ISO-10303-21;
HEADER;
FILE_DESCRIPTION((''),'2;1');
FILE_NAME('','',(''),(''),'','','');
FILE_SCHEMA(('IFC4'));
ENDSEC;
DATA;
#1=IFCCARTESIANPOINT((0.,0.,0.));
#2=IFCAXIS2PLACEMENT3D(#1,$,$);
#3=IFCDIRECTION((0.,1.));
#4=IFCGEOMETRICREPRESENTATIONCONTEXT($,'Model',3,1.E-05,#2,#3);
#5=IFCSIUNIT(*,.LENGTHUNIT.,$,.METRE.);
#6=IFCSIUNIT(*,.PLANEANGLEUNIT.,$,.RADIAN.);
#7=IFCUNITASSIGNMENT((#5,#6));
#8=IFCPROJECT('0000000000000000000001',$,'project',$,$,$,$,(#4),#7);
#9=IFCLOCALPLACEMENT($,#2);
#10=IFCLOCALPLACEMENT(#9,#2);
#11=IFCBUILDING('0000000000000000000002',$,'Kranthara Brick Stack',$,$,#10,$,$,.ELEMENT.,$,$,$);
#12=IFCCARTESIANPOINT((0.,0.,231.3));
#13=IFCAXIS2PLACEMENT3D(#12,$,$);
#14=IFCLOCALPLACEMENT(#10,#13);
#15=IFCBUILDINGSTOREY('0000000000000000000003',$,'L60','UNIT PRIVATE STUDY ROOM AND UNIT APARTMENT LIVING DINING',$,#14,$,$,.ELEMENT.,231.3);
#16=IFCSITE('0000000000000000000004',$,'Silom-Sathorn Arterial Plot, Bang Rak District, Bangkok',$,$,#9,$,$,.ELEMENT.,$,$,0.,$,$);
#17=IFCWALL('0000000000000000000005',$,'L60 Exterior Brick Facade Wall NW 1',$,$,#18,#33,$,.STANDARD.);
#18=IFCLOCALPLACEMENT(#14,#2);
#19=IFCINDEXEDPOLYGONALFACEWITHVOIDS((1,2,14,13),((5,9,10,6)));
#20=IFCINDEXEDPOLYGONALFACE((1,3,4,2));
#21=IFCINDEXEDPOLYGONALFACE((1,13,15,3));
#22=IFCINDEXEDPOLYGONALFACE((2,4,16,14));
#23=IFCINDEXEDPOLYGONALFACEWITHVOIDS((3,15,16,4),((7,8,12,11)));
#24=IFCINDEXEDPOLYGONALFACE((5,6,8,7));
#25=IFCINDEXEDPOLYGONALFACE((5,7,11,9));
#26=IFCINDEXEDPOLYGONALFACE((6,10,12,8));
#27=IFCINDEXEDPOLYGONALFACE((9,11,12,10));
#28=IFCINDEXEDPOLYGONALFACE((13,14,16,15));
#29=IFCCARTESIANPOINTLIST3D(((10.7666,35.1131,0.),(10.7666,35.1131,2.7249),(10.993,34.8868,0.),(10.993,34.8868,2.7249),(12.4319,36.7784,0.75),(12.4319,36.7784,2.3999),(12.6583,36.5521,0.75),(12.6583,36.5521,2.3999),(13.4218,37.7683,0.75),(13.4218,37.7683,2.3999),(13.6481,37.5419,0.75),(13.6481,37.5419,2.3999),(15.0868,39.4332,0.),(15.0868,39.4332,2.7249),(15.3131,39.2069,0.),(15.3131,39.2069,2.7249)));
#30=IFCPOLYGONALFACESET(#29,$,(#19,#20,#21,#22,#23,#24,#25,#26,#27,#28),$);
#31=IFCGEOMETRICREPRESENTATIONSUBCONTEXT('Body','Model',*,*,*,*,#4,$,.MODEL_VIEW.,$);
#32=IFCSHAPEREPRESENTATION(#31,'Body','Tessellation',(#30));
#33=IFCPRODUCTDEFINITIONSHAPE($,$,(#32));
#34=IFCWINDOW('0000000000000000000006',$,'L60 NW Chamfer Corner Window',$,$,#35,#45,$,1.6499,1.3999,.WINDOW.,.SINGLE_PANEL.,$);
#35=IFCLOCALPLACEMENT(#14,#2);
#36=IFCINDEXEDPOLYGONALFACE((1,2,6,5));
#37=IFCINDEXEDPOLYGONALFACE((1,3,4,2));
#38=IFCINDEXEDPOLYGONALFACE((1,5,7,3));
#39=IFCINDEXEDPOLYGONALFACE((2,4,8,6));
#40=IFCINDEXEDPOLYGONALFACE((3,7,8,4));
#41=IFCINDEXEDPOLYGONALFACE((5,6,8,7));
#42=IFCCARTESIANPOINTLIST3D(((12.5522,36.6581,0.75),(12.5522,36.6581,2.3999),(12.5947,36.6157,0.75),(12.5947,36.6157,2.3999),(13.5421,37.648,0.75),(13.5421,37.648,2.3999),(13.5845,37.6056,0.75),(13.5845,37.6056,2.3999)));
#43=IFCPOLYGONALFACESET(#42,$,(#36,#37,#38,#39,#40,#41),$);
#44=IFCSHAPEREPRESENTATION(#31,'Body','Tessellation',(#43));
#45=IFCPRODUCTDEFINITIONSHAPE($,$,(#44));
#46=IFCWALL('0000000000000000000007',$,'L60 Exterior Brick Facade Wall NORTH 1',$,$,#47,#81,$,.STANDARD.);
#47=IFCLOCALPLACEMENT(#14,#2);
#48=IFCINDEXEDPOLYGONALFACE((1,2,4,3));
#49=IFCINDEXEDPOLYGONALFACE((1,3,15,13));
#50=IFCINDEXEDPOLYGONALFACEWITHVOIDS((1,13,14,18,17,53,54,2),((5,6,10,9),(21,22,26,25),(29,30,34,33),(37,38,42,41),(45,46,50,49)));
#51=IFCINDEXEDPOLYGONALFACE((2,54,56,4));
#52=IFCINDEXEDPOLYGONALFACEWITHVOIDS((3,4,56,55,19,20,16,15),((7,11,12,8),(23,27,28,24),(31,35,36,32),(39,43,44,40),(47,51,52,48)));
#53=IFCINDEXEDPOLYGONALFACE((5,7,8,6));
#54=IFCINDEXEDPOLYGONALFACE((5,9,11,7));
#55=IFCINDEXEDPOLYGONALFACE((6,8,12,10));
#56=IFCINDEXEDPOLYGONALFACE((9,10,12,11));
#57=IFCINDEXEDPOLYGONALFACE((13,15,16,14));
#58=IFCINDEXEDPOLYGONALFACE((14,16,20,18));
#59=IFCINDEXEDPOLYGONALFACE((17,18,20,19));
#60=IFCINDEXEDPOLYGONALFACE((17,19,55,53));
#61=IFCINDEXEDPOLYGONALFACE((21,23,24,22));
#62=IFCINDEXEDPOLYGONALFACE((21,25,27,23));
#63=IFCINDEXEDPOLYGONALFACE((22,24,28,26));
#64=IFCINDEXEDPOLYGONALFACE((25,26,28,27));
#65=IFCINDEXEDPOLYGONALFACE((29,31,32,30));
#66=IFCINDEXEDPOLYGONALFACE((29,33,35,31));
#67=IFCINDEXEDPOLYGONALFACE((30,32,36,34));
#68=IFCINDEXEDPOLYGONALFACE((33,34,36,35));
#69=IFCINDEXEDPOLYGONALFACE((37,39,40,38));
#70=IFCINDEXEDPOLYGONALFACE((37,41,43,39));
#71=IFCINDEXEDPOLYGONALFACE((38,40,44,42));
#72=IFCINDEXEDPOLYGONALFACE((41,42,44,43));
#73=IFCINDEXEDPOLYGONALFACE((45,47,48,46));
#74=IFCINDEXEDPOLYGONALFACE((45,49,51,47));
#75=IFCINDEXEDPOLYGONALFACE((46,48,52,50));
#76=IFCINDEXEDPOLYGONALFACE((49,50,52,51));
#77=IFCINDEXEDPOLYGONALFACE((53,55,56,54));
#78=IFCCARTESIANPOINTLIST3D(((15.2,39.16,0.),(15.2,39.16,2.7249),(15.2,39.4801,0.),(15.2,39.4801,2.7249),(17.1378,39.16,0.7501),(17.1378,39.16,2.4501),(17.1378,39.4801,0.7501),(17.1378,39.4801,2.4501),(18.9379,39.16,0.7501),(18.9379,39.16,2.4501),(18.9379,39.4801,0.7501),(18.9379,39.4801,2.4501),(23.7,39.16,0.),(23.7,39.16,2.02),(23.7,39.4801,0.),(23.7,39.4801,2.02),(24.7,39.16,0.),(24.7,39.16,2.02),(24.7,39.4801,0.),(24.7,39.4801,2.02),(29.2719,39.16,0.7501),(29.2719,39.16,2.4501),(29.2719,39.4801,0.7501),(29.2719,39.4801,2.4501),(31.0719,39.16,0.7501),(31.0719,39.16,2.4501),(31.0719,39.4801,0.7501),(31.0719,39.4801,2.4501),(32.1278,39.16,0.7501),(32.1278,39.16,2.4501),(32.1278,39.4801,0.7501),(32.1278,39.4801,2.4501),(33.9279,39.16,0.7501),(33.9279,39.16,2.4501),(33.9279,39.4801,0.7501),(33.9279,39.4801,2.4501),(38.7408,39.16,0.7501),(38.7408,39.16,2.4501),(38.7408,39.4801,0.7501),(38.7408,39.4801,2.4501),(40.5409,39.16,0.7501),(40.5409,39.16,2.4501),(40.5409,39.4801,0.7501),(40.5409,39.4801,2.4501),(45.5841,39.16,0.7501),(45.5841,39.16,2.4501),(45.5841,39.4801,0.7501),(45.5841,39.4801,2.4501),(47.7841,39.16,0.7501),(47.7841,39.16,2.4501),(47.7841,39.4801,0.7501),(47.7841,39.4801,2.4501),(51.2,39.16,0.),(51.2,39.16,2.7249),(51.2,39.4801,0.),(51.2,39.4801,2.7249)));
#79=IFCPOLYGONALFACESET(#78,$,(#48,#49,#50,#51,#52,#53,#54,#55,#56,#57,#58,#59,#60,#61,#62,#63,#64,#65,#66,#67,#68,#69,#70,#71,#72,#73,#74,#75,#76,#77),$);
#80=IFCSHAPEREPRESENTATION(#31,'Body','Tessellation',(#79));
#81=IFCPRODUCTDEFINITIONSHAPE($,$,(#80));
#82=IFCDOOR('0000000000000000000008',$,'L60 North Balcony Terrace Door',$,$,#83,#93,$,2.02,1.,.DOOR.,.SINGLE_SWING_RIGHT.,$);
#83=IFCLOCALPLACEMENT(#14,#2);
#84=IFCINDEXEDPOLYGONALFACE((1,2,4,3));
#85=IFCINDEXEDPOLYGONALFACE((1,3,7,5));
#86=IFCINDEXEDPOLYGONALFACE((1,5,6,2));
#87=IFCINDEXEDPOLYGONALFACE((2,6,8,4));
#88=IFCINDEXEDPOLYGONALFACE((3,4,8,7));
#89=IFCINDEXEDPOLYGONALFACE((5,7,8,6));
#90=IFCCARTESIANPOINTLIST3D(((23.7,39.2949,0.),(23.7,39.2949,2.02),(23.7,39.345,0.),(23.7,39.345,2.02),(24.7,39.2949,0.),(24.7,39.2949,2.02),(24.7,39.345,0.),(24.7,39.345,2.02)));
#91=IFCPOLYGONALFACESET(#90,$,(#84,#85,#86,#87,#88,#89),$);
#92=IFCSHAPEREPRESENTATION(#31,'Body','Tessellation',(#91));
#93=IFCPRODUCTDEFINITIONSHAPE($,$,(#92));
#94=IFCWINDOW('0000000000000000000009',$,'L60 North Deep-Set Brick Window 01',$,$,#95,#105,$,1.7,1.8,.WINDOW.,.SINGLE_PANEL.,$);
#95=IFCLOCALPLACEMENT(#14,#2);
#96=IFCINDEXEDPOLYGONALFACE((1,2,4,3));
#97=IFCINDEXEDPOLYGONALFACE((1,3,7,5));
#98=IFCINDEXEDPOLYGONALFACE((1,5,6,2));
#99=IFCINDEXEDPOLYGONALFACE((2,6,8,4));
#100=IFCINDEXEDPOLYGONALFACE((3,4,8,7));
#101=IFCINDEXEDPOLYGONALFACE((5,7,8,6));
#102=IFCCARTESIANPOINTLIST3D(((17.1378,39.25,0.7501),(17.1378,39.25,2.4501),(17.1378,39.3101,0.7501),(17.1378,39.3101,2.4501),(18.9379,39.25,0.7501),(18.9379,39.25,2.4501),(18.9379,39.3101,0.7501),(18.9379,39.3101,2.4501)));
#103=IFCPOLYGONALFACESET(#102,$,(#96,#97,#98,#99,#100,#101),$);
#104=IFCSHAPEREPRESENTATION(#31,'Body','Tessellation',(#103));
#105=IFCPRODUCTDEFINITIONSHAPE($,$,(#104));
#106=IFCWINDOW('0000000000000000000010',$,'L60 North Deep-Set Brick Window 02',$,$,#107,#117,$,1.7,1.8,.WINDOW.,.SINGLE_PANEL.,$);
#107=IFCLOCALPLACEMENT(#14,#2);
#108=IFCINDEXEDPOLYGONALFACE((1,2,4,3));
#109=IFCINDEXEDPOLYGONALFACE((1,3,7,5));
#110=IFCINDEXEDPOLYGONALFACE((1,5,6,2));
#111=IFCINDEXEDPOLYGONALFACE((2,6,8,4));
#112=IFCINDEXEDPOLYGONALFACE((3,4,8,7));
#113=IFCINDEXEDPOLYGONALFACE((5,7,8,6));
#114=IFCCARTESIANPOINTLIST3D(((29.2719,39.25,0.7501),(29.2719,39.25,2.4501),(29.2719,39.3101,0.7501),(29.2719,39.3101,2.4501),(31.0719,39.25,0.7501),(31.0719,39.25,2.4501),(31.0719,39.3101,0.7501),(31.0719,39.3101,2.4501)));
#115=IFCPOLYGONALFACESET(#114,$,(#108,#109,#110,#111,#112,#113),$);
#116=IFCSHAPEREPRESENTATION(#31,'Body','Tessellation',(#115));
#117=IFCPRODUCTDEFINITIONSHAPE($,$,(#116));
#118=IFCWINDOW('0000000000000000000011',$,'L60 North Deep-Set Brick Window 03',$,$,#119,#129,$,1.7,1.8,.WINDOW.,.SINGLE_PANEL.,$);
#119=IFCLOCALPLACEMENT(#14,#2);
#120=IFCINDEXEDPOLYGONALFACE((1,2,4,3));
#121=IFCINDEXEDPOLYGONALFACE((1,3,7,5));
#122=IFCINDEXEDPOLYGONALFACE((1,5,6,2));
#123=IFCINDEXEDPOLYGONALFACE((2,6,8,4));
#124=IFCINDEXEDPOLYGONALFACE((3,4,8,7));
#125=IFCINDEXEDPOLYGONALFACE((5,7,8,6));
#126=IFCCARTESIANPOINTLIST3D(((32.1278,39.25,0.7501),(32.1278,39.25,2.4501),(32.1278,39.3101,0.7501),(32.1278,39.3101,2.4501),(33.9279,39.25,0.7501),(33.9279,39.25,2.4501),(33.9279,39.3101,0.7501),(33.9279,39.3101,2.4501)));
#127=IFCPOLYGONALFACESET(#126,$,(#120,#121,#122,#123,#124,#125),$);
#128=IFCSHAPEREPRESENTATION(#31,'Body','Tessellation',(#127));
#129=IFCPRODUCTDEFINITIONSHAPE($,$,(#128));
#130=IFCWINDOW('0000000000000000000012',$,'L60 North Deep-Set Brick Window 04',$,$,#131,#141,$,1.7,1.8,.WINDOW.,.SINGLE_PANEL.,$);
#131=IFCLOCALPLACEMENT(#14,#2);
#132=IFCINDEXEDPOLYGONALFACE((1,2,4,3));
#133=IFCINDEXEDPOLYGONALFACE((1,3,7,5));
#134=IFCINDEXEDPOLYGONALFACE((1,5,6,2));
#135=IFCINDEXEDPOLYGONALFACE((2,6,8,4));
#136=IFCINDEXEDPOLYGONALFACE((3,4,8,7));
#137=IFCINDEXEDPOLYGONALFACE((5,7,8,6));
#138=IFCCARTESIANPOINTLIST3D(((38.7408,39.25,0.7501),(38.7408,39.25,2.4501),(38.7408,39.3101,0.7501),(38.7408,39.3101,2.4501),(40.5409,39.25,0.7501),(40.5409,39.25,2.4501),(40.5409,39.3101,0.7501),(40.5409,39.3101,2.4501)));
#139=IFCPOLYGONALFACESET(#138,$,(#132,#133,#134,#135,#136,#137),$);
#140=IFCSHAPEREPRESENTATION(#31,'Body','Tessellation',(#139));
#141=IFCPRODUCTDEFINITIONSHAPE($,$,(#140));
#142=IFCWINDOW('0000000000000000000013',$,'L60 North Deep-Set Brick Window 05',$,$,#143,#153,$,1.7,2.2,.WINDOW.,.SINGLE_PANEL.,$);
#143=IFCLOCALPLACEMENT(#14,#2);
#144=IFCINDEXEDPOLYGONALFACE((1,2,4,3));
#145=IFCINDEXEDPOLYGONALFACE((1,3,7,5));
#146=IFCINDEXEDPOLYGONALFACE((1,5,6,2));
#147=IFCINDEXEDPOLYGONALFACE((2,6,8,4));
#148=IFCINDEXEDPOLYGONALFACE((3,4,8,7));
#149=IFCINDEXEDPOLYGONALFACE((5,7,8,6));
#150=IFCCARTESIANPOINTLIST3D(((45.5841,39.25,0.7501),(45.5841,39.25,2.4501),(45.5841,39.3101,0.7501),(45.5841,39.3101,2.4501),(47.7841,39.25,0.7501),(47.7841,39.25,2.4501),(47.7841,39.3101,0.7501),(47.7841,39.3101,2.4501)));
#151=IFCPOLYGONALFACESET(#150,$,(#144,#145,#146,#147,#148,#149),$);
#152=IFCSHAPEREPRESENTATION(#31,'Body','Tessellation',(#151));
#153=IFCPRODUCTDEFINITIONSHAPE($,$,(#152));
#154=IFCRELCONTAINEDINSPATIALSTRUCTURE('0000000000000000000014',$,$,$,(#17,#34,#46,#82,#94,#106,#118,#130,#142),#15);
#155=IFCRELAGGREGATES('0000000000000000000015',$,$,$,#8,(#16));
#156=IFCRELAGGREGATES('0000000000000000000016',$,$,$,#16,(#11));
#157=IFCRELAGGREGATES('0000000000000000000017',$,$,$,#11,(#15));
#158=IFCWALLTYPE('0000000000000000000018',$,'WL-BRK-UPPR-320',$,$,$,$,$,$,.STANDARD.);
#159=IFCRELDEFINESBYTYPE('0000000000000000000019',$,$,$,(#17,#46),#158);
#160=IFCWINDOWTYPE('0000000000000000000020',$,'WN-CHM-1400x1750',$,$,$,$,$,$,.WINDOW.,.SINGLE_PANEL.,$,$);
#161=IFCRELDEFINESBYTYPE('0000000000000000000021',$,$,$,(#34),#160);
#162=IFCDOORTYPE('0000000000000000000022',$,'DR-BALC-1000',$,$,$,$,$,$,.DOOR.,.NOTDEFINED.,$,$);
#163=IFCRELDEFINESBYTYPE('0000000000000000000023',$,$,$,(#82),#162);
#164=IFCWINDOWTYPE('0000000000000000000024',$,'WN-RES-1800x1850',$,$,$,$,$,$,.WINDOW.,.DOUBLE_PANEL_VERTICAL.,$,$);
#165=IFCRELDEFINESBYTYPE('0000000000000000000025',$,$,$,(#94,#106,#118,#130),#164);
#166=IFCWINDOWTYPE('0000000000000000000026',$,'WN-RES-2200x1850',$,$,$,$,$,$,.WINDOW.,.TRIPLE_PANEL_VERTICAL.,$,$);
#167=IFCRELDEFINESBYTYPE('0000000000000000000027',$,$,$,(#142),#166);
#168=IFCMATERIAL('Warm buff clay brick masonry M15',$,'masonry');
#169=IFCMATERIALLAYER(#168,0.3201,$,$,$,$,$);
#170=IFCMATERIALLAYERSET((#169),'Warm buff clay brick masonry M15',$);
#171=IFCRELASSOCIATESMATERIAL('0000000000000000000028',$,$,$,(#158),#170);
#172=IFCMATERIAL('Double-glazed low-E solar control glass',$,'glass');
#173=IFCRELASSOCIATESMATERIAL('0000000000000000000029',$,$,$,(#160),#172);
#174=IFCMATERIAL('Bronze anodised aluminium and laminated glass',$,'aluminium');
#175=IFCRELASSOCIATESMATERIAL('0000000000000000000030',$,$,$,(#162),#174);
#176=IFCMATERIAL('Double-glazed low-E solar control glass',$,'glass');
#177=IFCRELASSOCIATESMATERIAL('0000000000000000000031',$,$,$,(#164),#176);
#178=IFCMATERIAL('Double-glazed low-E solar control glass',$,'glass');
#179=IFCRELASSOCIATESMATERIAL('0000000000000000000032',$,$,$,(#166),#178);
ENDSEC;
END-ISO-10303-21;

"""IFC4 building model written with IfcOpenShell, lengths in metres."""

from ifc_helpers import new_model, si_unit, direction, frame, frame_2d, origin, place, context, subcontext, project, spatial, rectangle, extrude, material, layer, layer_set, type_object, element, fill, save


model = new_model("IFC4")

# Units and contexts
model_context = context("Model", 3, precision=1e-05, world=origin(), true_north=direction((0.0, 1.0)))
body_context = subcontext(model_context, "Body", "Model", "MODEL_VIEW")
ifc_project = project(units=[si_unit("LENGTHUNIT", "METRE"), si_unit("PLANEANGLEUNIT", "RADIAN")], contexts=[model_context])

# Site, building, storey
site_placement = place(None, origin())
site = spatial("IfcSite", under=ifc_project, at=site_placement, Name="Silom-Sathorn Arterial Plot, Bang Rak District, Bangkok", CompositionType="ELEMENT", RefElevation=0.0)
building_placement = place(site_placement, origin())
building = spatial("IfcBuilding", under=site, at=building_placement, Name="Kranthara Brick Stack", CompositionType="ELEMENT")
storey_placement = place(building_placement, frame((0.0, 0.0, 231.3)))
storey = spatial("IfcBuildingStorey", under=building, at=storey_placement, Name="L60", Description="UNIT PRIVATE STUDY ROOM AND UNIT APARTMENT LIVING DINING", CompositionType="ELEMENT", Elevation=231.3)

# Wall, opening, window
ifc_material_1 = material(Name="Warm buff clay brick masonry M15", Category="masonry")
ifc_layer_1 = layer(ifc_material_1, 0.3201)
ifc_layer_set_1 = layer_set([ifc_layer_1], Name="Warm buff clay brick masonry M15")
wall_type_1 = type_object("IfcWallType", Name="WL-BRK-UPPR-320", PredefinedType="STANDARD", material=ifc_layer_set_1)
wall_1_placement = place(storey_placement, frame((10.8799, 35.0, 0.0), z_axis=(0.0, 0.0, 1.0), x_axis=(0.707107, 0.707107, 0.0)))
wall_1 = element("IfcWall", 1, at=wall_1_placement, inside=storey, type_object=wall_type_1, Name="L60 Exterior Brick Facade Wall NW 1", PredefinedType="STANDARD", context=body_context, shape_type="SweptSolid", body=[
    extrude(rectangle(XDim=6.1096, YDim=0.3201, at=frame_2d((3.0547, 0.0))), origin(), (0.0, 0.0, 1.0), 2.7249),
])
opening_1_placement = place(wall_1_placement, frame((2.355, 0.0, 0.75)))
opening_1 = element("IfcOpeningElement", 2, at=opening_1_placement, cuts=wall_1, PredefinedType="OPENING", context=body_context, shape_type="SweptSolid", body=[
    extrude(rectangle(XDim=1.3999, YDim=1.6499, at=frame_2d((0.7, 0.825))), frame((0.0, 0.1699, 0.0), z_axis=(0.0, -1.0, 0.0), x_axis=(1.0, 0.0, 0.0)), (0.0, 0.0, 1.0), 0.3401),
])
ifc_material_2 = material(Name="Double-glazed low-E solar control glass", Category="glass")
window_type_1 = type_object("IfcWindowType", Name="WN-CHM-1400x1750", PartitioningType="SINGLE_PANEL", PredefinedType="WINDOW", material=ifc_material_2)
window_1_placement = place(opening_1_placement, origin())
window_1 = element("IfcWindow", 3, at=window_1_placement, inside=storey, type_object=window_type_1, Name="L60 NW Chamfer Corner Window", OverallHeight=1.6499, OverallWidth=1.3999, PartitioningType="SINGLE_PANEL", PredefinedType="WINDOW", context=body_context, shape_type="SweptSolid", body=[
    extrude(rectangle(XDim=1.3999, YDim=1.6499, at=frame_2d((0.7, 0.825))), frame((0.0, -0.01, 0.0), z_axis=(0.0, -1.0, 0.0), x_axis=(1.0, 0.0, 0.0)), (0.0, 0.0, 1.0), 0.0601),
])
fill(opening_1, window_1)

# Wall, openings, door, windows
wall_2_placement = place(storey_placement, frame((15.2, 39.3201, 0.0), z_axis=(0.0, 0.0, 1.0), x_axis=(1.0, 0.0, 0.0)))
wall_2 = element("IfcWall", 4, at=wall_2_placement, inside=storey, type_object=wall_type_1, Name="L60 Exterior Brick Facade Wall NORTH 1", PredefinedType="STANDARD", context=body_context, shape_type="SweptSolid", body=[
    extrude(rectangle(XDim=36.0, YDim=0.3201, at=frame_2d((18.0, 0.0))), origin(), (0.0, 0.0, 1.0), 2.7249),
])
opening_2_placement = place(wall_2_placement, frame((8.5, 0.0, 0.0)))
opening_2 = element("IfcOpeningElement", 5, at=opening_2_placement, cuts=wall_2, PredefinedType="OPENING", context=body_context, shape_type="SweptSolid", body=[
    extrude(rectangle(XDim=1.0, YDim=2.02, at=frame_2d((0.5, 1.01))), frame((0.0, 0.1699, 0.0), z_axis=(0.0, -1.0, 0.0), x_axis=(1.0, 0.0, 0.0)), (0.0, 0.0, 1.0), 0.3401),
])
opening_3_placement = place(wall_2_placement, frame((1.938, 0.0, 0.75)))
opening_3 = element("IfcOpeningElement", 6, at=opening_3_placement, cuts=wall_2, PredefinedType="OPENING", context=body_context, shape_type="SweptSolid", body=[
    extrude(rectangle(XDim=1.8, YDim=1.7, at=frame_2d((0.8999, 0.8501))), frame((0.0, 0.1699, 0.0), z_axis=(0.0, -1.0, 0.0), x_axis=(1.0, 0.0, 0.0)), (0.0, 0.0, 1.0), 0.3401),
])
opening_4_placement = place(wall_2_placement, frame((14.072, 0.0, 0.75)))
opening_4 = element("IfcOpeningElement", 7, at=opening_4_placement, cuts=wall_2, PredefinedType="OPENING", context=body_context, shape_type="SweptSolid", body=[
    extrude(rectangle(XDim=1.8, YDim=1.7, at=frame_2d((0.8999, 0.8501))), frame((0.0, 0.1699, 0.0), z_axis=(0.0, -1.0, 0.0), x_axis=(1.0, 0.0, 0.0)), (0.0, 0.0, 1.0), 0.3401),
])
opening_5_placement = place(wall_2_placement, frame((16.928, 0.0, 0.75)))
opening_5 = element("IfcOpeningElement", 8, at=opening_5_placement, cuts=wall_2, PredefinedType="OPENING", context=body_context, shape_type="SweptSolid", body=[
    extrude(rectangle(XDim=1.8, YDim=1.7, at=frame_2d((0.8999, 0.8501))), frame((0.0, 0.1699, 0.0), z_axis=(0.0, -1.0, 0.0), x_axis=(1.0, 0.0, 0.0)), (0.0, 0.0, 1.0), 0.3401),
])
opening_6_placement = place(wall_2_placement, frame((23.541, 0.0, 0.75)))
opening_6 = element("IfcOpeningElement", 9, at=opening_6_placement, cuts=wall_2, PredefinedType="OPENING", context=body_context, shape_type="SweptSolid", body=[
    extrude(rectangle(XDim=1.8, YDim=1.7, at=frame_2d((0.8999, 0.8501))), frame((0.0, 0.1699, 0.0), z_axis=(0.0, -1.0, 0.0), x_axis=(1.0, 0.0, 0.0)), (0.0, 0.0, 1.0), 0.3401),
])
opening_7_placement = place(wall_2_placement, frame((30.384, 0.0, 0.75)))
opening_7 = element("IfcOpeningElement", 10, at=opening_7_placement, cuts=wall_2, PredefinedType="OPENING", context=body_context, shape_type="SweptSolid", body=[
    extrude(rectangle(XDim=2.2, YDim=1.7, at=frame_2d((1.1001, 0.8501))), frame((0.0, 0.1699, 0.0), z_axis=(0.0, -1.0, 0.0), x_axis=(1.0, 0.0, 0.0)), (0.0, 0.0, 1.0), 0.3401),
])
ifc_material_3 = material(Name="Bronze anodised aluminium and laminated glass", Category="aluminium")
door_type_1 = type_object("IfcDoorType", Name="DR-BALC-1000", OperationType="NOTDEFINED", PredefinedType="DOOR", material=ifc_material_3)
door_1_placement = place(opening_2_placement, origin())
door_1 = element("IfcDoor", 11, at=door_1_placement, inside=storey, type_object=door_type_1, Name="L60 North Balcony Terrace Door", OperationType="SINGLE_SWING_RIGHT", OverallHeight=2.02, OverallWidth=1.0, PredefinedType="DOOR", context=body_context, shape_type="SweptSolid", body=[
    extrude(rectangle(XDim=1.0, YDim=2.02, at=frame_2d((0.5, 1.01))), frame((0.0, 0.0249, 0.0), z_axis=(0.0, -1.0, 0.0), x_axis=(1.0, 0.0, 0.0)), (0.0, 0.0, 1.0), 0.05),
])
fill(opening_2, door_1)
ifc_material_4 = material(Name="Double-glazed low-E solar control glass", Category="glass")
window_type_2 = type_object("IfcWindowType", Name="WN-RES-1800x1850", PartitioningType="DOUBLE_PANEL_VERTICAL", PredefinedType="WINDOW", material=ifc_material_4)
window_2_placement = place(opening_3_placement, origin())
window_2 = element("IfcWindow", 12, at=window_2_placement, inside=storey, type_object=window_type_2, Name="L60 North Deep-Set Brick Window 01", OverallHeight=1.7, OverallWidth=1.8, PartitioningType="SINGLE_PANEL", PredefinedType="WINDOW", context=body_context, shape_type="SweptSolid", body=[
    extrude(rectangle(XDim=1.8, YDim=1.7, at=frame_2d((0.8999, 0.8501))), frame((0.0, -0.01, 0.0), z_axis=(0.0, -1.0, 0.0), x_axis=(1.0, 0.0, 0.0)), (0.0, 0.0, 1.0), 0.0601),
])
fill(opening_3, window_2)
window_3_placement = place(opening_4_placement, origin())
window_3 = element("IfcWindow", 13, at=window_3_placement, inside=storey, type_object=window_type_2, Name="L60 North Deep-Set Brick Window 02", OverallHeight=1.7, OverallWidth=1.8, PartitioningType="SINGLE_PANEL", PredefinedType="WINDOW", context=body_context, shape_type="SweptSolid", body=[
    extrude(rectangle(XDim=1.8, YDim=1.7, at=frame_2d((0.8999, 0.8501))), frame((0.0, -0.01, 0.0), z_axis=(0.0, -1.0, 0.0), x_axis=(1.0, 0.0, 0.0)), (0.0, 0.0, 1.0), 0.0601),
])
fill(opening_4, window_3)
window_4_placement = place(opening_5_placement, origin())
window_4 = element("IfcWindow", 14, at=window_4_placement, inside=storey, type_object=window_type_2, Name="L60 North Deep-Set Brick Window 03", OverallHeight=1.7, OverallWidth=1.8, PartitioningType="SINGLE_PANEL", PredefinedType="WINDOW", context=body_context, shape_type="SweptSolid", body=[
    extrude(rectangle(XDim=1.8, YDim=1.7, at=frame_2d((0.8999, 0.8501))), frame((0.0, -0.01, 0.0), z_axis=(0.0, -1.0, 0.0), x_axis=(1.0, 0.0, 0.0)), (0.0, 0.0, 1.0), 0.0601),
])
fill(opening_5, window_4)
window_5_placement = place(opening_6_placement, origin())
window_5 = element("IfcWindow", 15, at=window_5_placement, inside=storey, type_object=window_type_2, Name="L60 North Deep-Set Brick Window 04", OverallHeight=1.7, OverallWidth=1.8, PartitioningType="SINGLE_PANEL", PredefinedType="WINDOW", context=body_context, shape_type="SweptSolid", body=[
    extrude(rectangle(XDim=1.8, YDim=1.7, at=frame_2d((0.8999, 0.8501))), frame((0.0, -0.01, 0.0), z_axis=(0.0, -1.0, 0.0), x_axis=(1.0, 0.0, 0.0)), (0.0, 0.0, 1.0), 0.0601),
])
fill(opening_6, window_5)
ifc_material_5 = material(Name="Double-glazed low-E solar control glass", Category="glass")
window_type_3 = type_object("IfcWindowType", Name="WN-RES-2200x1850", PartitioningType="TRIPLE_PANEL_VERTICAL", PredefinedType="WINDOW", material=ifc_material_5)
window_6_placement = place(opening_7_placement, origin())
window_6 = element("IfcWindow", 16, at=window_6_placement, inside=storey, type_object=window_type_3, Name="L60 North Deep-Set Brick Window 05", OverallHeight=1.7, OverallWidth=2.2, PartitioningType="SINGLE_PANEL", PredefinedType="WINDOW", context=body_context, shape_type="SweptSolid", body=[
    extrude(rectangle(XDim=2.2, YDim=1.7, at=frame_2d((1.1001, 0.8501))), frame((0.0, -0.01, 0.0), z_axis=(0.0, -1.0, 0.0), x_axis=(1.0, 0.0, 0.0)), (0.0, 0.0, 1.0), 0.0601),
])
fill(opening_7, window_6)

save(model, "model.ifc")
